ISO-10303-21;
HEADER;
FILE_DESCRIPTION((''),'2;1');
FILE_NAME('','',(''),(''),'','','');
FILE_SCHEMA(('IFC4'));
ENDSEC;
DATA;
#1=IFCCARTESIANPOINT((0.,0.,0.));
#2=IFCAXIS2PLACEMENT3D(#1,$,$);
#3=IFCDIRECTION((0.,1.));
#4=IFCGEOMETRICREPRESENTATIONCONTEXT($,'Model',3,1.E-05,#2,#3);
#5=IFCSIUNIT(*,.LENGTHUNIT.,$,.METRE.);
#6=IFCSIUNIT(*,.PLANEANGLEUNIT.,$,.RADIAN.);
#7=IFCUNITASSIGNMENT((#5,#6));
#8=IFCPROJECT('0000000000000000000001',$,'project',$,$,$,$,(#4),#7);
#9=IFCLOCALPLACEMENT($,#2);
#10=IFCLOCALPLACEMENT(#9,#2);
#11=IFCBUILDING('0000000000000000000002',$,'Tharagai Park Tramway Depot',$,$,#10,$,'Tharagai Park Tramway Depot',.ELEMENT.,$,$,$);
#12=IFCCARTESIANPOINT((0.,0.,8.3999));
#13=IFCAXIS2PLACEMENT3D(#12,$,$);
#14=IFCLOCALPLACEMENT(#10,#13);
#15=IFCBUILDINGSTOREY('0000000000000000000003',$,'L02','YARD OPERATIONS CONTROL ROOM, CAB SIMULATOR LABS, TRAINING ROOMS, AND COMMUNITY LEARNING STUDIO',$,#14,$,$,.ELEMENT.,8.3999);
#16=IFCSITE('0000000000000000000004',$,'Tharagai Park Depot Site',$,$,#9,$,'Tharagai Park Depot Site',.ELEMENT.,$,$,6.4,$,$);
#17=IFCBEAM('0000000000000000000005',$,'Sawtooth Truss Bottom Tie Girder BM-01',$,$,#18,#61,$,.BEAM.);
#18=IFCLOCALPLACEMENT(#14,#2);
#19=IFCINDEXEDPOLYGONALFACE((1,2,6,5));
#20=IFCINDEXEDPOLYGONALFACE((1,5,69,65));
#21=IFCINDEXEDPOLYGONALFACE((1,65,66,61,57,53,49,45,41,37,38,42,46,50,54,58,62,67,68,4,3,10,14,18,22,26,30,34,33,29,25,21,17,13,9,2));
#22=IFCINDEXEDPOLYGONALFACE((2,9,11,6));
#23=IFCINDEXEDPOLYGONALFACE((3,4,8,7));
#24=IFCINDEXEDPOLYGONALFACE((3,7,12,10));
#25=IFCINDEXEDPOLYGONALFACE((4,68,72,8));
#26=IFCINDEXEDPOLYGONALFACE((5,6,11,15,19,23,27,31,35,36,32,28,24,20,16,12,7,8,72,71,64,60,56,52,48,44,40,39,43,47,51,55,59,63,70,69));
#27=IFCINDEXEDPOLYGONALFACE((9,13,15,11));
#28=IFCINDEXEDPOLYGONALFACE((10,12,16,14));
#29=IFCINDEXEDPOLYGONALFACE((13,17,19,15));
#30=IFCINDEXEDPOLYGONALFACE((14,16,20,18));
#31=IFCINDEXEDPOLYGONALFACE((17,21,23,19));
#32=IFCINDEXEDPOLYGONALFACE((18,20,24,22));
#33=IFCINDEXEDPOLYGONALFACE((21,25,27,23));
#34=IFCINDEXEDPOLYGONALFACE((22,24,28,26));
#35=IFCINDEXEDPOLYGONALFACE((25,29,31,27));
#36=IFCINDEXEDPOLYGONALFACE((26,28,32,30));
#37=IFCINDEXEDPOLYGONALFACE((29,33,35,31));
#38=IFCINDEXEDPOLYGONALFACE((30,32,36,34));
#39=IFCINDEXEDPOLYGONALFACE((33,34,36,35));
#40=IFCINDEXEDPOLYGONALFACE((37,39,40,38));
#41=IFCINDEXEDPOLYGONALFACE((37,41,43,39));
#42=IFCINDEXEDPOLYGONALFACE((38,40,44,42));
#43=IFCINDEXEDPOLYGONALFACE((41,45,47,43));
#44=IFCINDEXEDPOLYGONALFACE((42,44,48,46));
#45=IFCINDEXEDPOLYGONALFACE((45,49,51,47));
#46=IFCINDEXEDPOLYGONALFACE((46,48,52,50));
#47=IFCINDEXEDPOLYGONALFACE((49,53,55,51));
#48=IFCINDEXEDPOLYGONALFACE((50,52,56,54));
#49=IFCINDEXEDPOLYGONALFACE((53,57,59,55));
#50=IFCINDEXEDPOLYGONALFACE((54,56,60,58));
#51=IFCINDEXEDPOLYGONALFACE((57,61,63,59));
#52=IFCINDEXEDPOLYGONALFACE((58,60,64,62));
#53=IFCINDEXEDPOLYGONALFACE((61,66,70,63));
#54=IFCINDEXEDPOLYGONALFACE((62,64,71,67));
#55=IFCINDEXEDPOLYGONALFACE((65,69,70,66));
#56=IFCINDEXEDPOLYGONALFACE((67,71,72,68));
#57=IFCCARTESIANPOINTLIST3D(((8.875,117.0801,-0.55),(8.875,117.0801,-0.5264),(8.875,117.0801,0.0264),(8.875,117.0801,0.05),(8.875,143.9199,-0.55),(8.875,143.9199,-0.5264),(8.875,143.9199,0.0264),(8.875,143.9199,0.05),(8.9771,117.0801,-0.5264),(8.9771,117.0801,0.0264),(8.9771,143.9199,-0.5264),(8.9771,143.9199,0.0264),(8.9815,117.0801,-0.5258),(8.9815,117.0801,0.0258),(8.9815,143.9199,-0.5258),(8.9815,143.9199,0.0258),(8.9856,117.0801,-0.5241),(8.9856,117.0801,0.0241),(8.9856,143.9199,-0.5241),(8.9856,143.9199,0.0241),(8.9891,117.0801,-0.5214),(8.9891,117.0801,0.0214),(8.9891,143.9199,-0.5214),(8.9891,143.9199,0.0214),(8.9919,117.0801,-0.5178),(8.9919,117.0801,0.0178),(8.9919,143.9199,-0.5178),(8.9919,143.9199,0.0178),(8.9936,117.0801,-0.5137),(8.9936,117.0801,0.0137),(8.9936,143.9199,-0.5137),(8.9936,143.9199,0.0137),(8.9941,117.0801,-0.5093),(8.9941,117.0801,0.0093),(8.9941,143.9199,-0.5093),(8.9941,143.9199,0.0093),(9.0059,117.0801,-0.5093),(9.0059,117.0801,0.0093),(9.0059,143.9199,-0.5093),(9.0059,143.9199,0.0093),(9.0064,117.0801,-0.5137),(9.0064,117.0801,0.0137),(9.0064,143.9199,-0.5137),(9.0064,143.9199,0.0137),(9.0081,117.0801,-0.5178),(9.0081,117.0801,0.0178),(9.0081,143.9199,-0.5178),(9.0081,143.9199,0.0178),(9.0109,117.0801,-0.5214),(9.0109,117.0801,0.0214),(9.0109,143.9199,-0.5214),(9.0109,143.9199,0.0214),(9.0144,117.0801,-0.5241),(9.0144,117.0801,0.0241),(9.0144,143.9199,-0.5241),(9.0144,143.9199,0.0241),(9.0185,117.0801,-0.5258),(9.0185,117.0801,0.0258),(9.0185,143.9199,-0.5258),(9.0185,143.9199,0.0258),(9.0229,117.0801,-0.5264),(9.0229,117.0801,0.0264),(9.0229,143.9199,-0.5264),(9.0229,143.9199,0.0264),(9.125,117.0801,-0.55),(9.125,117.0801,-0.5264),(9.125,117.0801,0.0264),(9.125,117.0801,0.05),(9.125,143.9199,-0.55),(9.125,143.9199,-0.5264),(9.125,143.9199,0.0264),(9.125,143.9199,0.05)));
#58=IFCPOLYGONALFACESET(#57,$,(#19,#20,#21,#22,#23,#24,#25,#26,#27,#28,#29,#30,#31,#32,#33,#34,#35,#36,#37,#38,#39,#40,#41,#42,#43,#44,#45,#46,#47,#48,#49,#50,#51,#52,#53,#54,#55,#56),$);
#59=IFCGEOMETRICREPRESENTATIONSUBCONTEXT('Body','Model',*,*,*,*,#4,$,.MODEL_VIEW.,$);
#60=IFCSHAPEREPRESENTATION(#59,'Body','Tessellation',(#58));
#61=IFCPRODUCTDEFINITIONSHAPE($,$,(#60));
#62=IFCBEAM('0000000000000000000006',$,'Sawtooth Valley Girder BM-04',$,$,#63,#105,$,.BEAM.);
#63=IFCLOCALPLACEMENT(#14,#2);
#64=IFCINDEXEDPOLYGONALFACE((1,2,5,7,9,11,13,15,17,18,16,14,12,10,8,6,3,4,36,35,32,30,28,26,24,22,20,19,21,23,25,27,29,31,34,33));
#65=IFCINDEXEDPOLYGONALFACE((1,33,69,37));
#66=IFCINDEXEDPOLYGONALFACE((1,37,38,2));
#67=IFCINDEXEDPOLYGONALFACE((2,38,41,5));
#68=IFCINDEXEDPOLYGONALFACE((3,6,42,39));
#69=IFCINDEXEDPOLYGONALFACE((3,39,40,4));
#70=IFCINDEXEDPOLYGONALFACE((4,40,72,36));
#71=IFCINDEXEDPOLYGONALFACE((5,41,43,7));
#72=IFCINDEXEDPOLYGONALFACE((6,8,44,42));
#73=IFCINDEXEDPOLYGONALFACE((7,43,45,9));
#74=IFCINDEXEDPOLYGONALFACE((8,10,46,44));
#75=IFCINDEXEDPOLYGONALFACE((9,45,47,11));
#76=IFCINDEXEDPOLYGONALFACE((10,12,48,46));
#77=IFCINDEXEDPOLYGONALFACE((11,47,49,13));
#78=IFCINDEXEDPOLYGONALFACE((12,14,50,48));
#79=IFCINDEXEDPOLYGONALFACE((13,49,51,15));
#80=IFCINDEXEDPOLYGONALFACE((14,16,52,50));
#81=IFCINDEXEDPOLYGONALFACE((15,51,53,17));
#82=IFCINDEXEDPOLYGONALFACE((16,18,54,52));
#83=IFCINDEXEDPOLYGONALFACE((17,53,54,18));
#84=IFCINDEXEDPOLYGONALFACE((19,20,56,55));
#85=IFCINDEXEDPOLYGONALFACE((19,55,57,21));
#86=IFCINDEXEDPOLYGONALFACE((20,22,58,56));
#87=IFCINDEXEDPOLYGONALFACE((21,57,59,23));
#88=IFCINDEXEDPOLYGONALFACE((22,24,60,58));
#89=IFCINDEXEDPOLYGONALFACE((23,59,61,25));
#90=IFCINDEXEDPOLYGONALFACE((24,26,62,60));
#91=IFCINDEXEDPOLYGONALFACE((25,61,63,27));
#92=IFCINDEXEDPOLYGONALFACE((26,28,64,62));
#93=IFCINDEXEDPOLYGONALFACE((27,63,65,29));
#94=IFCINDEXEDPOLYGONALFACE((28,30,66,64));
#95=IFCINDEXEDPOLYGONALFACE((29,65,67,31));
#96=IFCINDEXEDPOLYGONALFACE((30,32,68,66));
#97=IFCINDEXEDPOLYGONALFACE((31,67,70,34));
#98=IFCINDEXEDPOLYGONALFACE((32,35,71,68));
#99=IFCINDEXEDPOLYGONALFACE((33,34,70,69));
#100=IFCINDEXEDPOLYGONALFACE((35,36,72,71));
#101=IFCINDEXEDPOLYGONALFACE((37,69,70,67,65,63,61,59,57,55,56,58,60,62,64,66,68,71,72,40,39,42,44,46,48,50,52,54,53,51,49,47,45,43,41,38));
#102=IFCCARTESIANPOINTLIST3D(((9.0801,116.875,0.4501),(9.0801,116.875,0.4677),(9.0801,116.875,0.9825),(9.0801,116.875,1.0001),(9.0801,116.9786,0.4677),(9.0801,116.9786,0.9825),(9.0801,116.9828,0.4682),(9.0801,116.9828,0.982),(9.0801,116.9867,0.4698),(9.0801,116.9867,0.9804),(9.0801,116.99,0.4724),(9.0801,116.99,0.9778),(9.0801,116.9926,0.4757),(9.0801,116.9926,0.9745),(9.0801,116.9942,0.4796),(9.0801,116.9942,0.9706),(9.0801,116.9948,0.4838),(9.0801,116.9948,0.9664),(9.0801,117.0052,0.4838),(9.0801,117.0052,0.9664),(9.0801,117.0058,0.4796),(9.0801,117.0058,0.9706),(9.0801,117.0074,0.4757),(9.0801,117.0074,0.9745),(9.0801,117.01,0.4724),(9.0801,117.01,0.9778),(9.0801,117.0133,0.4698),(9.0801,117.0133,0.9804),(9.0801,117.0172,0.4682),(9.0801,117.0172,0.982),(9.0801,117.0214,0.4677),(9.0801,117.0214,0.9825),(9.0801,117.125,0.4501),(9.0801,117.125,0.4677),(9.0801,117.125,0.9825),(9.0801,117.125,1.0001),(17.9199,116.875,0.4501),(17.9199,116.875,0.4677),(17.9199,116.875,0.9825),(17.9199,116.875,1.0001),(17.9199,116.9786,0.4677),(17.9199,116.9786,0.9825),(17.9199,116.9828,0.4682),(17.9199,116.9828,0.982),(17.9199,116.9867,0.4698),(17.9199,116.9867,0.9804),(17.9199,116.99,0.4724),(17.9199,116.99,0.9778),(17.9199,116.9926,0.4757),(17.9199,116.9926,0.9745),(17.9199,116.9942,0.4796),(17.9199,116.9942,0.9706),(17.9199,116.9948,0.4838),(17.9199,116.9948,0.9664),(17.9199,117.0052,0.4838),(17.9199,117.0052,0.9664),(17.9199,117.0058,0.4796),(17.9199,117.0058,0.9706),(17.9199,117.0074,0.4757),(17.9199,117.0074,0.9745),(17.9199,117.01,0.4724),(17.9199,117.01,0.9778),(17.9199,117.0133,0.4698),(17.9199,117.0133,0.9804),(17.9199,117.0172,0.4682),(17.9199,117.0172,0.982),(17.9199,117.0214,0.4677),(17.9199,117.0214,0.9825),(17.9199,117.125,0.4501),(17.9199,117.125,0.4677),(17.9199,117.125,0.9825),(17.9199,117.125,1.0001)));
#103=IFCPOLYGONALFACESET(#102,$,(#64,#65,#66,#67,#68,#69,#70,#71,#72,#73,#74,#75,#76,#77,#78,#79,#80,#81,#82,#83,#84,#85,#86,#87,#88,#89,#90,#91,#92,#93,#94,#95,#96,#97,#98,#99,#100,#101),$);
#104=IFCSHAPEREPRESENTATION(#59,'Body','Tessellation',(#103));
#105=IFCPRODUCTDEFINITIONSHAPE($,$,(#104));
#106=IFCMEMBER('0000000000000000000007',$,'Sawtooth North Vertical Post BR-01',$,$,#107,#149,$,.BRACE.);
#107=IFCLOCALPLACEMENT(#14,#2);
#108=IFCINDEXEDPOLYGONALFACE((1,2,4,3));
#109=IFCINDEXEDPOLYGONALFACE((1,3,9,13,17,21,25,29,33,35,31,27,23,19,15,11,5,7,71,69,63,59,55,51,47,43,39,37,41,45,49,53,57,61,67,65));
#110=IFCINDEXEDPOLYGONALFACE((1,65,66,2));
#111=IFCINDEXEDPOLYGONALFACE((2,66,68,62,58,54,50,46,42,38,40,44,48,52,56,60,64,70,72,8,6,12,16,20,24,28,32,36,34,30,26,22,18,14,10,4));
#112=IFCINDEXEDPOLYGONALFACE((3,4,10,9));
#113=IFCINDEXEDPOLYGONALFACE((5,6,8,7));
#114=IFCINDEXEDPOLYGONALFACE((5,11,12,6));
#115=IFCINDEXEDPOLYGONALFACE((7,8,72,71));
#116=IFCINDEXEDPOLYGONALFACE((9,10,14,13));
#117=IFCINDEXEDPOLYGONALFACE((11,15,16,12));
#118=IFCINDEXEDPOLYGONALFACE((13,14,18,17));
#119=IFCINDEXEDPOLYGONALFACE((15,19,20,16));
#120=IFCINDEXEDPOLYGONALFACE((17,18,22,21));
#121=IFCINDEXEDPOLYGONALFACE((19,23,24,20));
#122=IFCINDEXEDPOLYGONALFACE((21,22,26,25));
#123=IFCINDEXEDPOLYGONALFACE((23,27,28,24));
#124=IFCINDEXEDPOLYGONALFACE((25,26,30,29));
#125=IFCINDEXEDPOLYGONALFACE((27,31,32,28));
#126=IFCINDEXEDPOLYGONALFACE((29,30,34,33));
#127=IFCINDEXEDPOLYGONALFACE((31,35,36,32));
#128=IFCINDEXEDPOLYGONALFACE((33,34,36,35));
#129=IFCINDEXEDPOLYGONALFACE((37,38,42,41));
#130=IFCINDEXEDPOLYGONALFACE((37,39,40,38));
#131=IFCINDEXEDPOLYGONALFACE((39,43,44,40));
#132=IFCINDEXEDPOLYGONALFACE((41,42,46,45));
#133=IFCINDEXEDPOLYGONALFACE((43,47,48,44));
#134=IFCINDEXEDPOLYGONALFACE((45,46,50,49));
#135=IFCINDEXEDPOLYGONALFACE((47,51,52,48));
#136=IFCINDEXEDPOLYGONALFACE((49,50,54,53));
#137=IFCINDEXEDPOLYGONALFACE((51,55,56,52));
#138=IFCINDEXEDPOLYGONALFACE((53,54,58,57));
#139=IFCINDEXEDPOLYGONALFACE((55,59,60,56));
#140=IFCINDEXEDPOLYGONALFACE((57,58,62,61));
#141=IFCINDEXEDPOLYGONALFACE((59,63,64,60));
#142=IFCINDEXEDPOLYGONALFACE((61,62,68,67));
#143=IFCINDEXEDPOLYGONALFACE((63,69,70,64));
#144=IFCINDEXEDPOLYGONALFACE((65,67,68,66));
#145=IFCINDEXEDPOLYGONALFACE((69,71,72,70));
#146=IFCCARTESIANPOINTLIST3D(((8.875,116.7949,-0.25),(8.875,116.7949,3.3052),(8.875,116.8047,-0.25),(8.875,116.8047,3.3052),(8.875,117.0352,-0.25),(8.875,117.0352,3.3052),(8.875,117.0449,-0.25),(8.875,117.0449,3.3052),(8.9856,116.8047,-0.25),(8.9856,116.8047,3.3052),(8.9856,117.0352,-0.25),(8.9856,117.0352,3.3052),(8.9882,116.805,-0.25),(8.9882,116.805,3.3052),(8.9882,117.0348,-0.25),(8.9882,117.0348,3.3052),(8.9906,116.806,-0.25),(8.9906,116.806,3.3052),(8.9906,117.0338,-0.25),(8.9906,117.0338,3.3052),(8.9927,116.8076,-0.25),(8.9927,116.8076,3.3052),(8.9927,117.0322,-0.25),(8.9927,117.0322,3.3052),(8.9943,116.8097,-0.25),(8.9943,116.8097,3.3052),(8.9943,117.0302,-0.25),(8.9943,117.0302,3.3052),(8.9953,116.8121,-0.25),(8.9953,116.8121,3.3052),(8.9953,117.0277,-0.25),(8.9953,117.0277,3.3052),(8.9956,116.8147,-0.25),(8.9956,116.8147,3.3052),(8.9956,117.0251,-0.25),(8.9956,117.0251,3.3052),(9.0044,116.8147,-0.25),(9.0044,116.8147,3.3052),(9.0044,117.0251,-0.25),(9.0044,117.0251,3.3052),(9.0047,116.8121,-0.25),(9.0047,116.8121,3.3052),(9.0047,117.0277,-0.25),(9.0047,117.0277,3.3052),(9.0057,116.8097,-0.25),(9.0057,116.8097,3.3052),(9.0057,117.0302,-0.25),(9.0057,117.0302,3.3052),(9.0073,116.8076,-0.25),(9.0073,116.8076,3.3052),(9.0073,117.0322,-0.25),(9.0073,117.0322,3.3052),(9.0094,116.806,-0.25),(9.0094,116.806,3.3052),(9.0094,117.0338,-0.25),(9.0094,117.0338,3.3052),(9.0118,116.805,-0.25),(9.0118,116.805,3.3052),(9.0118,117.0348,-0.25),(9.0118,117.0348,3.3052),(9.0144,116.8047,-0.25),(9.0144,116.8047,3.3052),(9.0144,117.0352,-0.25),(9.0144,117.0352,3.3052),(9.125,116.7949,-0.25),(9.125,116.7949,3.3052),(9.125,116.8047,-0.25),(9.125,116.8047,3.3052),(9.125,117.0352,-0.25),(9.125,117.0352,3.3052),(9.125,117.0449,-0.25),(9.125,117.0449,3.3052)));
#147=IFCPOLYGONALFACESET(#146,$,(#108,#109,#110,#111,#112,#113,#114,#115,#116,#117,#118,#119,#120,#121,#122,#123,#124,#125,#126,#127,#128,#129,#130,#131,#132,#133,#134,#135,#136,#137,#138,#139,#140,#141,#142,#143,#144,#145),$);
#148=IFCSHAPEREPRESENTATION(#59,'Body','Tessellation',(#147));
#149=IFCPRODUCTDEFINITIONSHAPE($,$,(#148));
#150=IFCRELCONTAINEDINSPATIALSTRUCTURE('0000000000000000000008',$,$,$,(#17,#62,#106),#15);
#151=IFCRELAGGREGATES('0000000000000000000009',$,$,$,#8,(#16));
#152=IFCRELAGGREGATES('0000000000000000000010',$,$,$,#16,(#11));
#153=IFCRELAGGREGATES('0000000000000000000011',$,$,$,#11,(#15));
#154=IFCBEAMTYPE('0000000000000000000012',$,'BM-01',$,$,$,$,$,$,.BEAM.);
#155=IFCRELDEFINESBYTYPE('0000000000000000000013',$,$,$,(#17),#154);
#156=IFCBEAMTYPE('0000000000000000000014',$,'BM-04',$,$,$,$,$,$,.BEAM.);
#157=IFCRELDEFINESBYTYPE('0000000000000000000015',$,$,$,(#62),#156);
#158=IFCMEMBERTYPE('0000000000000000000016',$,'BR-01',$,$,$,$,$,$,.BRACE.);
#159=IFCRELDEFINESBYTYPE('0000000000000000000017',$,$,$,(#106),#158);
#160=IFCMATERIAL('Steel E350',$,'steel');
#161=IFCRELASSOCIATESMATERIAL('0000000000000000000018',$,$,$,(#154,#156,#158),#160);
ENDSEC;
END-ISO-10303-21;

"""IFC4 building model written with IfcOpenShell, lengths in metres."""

from ifc_helpers import new_model, si_unit, direction, frame, origin, origin_2d, place, context, subcontext, project, spatial, i_section, extrude, material, material_profile, profile_set, type_object, element, save


model = new_model("IFC4")

# Units and contexts
model_context = context("Model", 3, precision=1e-05, world=origin(), true_north=direction((0.0, 1.0)))
body_context = subcontext(model_context, "Body", "Model", "MODEL_VIEW")
ifc_project = project(units=[si_unit("LENGTHUNIT", "METRE"), si_unit("PLANEANGLEUNIT", "RADIAN")], contexts=[model_context])

# Site, building, storey
site_placement = place(None, origin())
site = spatial("IfcSite", under=ifc_project, at=site_placement, Name="Tharagai Park Depot Site", LongName="Tharagai Park Depot Site", CompositionType="ELEMENT", RefElevation=6.4)
building_placement = place(site_placement, origin())
building = spatial("IfcBuilding", under=site, at=building_placement, Name="Tharagai Park Tramway Depot", LongName="Tharagai Park Tramway Depot", CompositionType="ELEMENT")
storey_placement = place(building_placement, frame((0.0, 0.0, 8.3999)))
storey = spatial("IfcBuildingStorey", under=building, at=storey_placement, Name="L02", Description="YARD OPERATIONS CONTROL ROOM, CAB SIMULATOR LABS, TRAINING ROOMS, AND COMMUNITY LEARNING STUDIO", CompositionType="ELEMENT", Elevation=8.3999)

# Beams
ifc_material_1 = material(Name="Steel E350", Category="steel")
ifc_material_profile_1 = material_profile(ifc_material_1, i_section(OverallWidth=0.25, OverallDepth=0.6001, WebThickness=0.0117, FlangeThickness=0.0237, FilletRadius=0.0171, at=origin_2d()), Name="ISWB 600")
ifc_profile_set_1 = profile_set([ifc_material_profile_1], Name="Steel E350")
beam_type_1 = type_object("IfcBeamType", Name="BM-01", PredefinedType="BEAM", material=ifc_profile_set_1)
beam_1_placement = place(storey_placement, frame((9.0, 117.0801, -0.25), z_axis=(0.0, 1.0, 0.0), x_axis=(-1.0, 0.0, 0.0)))
element("IfcBeam", 1, at=beam_1_placement, inside=storey, type_object=beam_type_1, Name="Sawtooth Truss Bottom Tie Girder BM-01", PredefinedType="BEAM", context=body_context, shape_type="SweptSolid", body=[
    extrude(i_section(OverallWidth=0.25, OverallDepth=0.6001, WebThickness=0.0117, FlangeThickness=0.0237, FilletRadius=0.0171, at=origin_2d()), origin(), (0.0, 0.0, 1.0), 26.8398),
])
ifc_material_profile_2 = material_profile(ifc_material_1, i_section(OverallWidth=0.25, OverallDepth=0.55, WebThickness=0.0105, FlangeThickness=0.0176, FilletRadius=0.0161, at=origin_2d()), Name="ISWB 550")
ifc_profile_set_2 = profile_set([ifc_material_profile_2], Name="Steel E350")
beam_type_2 = type_object("IfcBeamType", Name="BM-04", PredefinedType="BEAM", material=ifc_profile_set_2)
beam_2_placement = place(storey_placement, frame((9.0801, 117.0, 0.7251), z_axis=(1.0, 0.0, 0.0), x_axis=(0.0, 1.0, 0.0)))
element("IfcBeam", 2, at=beam_2_placement, inside=storey, type_object=beam_type_2, Name="Sawtooth Valley Girder BM-04", PredefinedType="BEAM", context=body_context, shape_type="SweptSolid", body=[
    extrude(i_section(OverallWidth=0.25, OverallDepth=0.55, WebThickness=0.0105, FlangeThickness=0.0176, FilletRadius=0.0161, at=origin_2d()), origin(), (0.0, 0.0, 1.0), 8.8398),
])

# Member
ifc_material_profile_3 = material_profile(ifc_material_1, i_section(OverallWidth=0.25, OverallDepth=0.25, WebThickness=0.0088, FlangeThickness=0.0098, FilletRadius=0.01, at=origin_2d()), Name="ISHB 250")
ifc_profile_set_3 = profile_set([ifc_material_profile_3], Name="Steel E350")
member_type_1 = type_object("IfcMemberType", Name="BR-01", PredefinedType="BRACE", material=ifc_profile_set_3)
member_1_placement = place(storey_placement, frame((9.0, 116.9199, -0.25), z_axis=(0.0, 0.0, 1.0), x_axis=(1.0, 0.0, 0.0)))
element("IfcMember", 3, at=member_1_placement, inside=storey, type_object=member_type_1, Name="Sawtooth North Vertical Post BR-01", PredefinedType="BRACE", context=body_context, shape_type="SweptSolid", body=[
    extrude(i_section(OverallWidth=0.25, OverallDepth=0.25, WebThickness=0.0088, FlangeThickness=0.0098, FilletRadius=0.01, at=origin_2d()), origin(), (0.0, 0.0, 1.0), 3.5552),
])

save(model, "model.ifc")
